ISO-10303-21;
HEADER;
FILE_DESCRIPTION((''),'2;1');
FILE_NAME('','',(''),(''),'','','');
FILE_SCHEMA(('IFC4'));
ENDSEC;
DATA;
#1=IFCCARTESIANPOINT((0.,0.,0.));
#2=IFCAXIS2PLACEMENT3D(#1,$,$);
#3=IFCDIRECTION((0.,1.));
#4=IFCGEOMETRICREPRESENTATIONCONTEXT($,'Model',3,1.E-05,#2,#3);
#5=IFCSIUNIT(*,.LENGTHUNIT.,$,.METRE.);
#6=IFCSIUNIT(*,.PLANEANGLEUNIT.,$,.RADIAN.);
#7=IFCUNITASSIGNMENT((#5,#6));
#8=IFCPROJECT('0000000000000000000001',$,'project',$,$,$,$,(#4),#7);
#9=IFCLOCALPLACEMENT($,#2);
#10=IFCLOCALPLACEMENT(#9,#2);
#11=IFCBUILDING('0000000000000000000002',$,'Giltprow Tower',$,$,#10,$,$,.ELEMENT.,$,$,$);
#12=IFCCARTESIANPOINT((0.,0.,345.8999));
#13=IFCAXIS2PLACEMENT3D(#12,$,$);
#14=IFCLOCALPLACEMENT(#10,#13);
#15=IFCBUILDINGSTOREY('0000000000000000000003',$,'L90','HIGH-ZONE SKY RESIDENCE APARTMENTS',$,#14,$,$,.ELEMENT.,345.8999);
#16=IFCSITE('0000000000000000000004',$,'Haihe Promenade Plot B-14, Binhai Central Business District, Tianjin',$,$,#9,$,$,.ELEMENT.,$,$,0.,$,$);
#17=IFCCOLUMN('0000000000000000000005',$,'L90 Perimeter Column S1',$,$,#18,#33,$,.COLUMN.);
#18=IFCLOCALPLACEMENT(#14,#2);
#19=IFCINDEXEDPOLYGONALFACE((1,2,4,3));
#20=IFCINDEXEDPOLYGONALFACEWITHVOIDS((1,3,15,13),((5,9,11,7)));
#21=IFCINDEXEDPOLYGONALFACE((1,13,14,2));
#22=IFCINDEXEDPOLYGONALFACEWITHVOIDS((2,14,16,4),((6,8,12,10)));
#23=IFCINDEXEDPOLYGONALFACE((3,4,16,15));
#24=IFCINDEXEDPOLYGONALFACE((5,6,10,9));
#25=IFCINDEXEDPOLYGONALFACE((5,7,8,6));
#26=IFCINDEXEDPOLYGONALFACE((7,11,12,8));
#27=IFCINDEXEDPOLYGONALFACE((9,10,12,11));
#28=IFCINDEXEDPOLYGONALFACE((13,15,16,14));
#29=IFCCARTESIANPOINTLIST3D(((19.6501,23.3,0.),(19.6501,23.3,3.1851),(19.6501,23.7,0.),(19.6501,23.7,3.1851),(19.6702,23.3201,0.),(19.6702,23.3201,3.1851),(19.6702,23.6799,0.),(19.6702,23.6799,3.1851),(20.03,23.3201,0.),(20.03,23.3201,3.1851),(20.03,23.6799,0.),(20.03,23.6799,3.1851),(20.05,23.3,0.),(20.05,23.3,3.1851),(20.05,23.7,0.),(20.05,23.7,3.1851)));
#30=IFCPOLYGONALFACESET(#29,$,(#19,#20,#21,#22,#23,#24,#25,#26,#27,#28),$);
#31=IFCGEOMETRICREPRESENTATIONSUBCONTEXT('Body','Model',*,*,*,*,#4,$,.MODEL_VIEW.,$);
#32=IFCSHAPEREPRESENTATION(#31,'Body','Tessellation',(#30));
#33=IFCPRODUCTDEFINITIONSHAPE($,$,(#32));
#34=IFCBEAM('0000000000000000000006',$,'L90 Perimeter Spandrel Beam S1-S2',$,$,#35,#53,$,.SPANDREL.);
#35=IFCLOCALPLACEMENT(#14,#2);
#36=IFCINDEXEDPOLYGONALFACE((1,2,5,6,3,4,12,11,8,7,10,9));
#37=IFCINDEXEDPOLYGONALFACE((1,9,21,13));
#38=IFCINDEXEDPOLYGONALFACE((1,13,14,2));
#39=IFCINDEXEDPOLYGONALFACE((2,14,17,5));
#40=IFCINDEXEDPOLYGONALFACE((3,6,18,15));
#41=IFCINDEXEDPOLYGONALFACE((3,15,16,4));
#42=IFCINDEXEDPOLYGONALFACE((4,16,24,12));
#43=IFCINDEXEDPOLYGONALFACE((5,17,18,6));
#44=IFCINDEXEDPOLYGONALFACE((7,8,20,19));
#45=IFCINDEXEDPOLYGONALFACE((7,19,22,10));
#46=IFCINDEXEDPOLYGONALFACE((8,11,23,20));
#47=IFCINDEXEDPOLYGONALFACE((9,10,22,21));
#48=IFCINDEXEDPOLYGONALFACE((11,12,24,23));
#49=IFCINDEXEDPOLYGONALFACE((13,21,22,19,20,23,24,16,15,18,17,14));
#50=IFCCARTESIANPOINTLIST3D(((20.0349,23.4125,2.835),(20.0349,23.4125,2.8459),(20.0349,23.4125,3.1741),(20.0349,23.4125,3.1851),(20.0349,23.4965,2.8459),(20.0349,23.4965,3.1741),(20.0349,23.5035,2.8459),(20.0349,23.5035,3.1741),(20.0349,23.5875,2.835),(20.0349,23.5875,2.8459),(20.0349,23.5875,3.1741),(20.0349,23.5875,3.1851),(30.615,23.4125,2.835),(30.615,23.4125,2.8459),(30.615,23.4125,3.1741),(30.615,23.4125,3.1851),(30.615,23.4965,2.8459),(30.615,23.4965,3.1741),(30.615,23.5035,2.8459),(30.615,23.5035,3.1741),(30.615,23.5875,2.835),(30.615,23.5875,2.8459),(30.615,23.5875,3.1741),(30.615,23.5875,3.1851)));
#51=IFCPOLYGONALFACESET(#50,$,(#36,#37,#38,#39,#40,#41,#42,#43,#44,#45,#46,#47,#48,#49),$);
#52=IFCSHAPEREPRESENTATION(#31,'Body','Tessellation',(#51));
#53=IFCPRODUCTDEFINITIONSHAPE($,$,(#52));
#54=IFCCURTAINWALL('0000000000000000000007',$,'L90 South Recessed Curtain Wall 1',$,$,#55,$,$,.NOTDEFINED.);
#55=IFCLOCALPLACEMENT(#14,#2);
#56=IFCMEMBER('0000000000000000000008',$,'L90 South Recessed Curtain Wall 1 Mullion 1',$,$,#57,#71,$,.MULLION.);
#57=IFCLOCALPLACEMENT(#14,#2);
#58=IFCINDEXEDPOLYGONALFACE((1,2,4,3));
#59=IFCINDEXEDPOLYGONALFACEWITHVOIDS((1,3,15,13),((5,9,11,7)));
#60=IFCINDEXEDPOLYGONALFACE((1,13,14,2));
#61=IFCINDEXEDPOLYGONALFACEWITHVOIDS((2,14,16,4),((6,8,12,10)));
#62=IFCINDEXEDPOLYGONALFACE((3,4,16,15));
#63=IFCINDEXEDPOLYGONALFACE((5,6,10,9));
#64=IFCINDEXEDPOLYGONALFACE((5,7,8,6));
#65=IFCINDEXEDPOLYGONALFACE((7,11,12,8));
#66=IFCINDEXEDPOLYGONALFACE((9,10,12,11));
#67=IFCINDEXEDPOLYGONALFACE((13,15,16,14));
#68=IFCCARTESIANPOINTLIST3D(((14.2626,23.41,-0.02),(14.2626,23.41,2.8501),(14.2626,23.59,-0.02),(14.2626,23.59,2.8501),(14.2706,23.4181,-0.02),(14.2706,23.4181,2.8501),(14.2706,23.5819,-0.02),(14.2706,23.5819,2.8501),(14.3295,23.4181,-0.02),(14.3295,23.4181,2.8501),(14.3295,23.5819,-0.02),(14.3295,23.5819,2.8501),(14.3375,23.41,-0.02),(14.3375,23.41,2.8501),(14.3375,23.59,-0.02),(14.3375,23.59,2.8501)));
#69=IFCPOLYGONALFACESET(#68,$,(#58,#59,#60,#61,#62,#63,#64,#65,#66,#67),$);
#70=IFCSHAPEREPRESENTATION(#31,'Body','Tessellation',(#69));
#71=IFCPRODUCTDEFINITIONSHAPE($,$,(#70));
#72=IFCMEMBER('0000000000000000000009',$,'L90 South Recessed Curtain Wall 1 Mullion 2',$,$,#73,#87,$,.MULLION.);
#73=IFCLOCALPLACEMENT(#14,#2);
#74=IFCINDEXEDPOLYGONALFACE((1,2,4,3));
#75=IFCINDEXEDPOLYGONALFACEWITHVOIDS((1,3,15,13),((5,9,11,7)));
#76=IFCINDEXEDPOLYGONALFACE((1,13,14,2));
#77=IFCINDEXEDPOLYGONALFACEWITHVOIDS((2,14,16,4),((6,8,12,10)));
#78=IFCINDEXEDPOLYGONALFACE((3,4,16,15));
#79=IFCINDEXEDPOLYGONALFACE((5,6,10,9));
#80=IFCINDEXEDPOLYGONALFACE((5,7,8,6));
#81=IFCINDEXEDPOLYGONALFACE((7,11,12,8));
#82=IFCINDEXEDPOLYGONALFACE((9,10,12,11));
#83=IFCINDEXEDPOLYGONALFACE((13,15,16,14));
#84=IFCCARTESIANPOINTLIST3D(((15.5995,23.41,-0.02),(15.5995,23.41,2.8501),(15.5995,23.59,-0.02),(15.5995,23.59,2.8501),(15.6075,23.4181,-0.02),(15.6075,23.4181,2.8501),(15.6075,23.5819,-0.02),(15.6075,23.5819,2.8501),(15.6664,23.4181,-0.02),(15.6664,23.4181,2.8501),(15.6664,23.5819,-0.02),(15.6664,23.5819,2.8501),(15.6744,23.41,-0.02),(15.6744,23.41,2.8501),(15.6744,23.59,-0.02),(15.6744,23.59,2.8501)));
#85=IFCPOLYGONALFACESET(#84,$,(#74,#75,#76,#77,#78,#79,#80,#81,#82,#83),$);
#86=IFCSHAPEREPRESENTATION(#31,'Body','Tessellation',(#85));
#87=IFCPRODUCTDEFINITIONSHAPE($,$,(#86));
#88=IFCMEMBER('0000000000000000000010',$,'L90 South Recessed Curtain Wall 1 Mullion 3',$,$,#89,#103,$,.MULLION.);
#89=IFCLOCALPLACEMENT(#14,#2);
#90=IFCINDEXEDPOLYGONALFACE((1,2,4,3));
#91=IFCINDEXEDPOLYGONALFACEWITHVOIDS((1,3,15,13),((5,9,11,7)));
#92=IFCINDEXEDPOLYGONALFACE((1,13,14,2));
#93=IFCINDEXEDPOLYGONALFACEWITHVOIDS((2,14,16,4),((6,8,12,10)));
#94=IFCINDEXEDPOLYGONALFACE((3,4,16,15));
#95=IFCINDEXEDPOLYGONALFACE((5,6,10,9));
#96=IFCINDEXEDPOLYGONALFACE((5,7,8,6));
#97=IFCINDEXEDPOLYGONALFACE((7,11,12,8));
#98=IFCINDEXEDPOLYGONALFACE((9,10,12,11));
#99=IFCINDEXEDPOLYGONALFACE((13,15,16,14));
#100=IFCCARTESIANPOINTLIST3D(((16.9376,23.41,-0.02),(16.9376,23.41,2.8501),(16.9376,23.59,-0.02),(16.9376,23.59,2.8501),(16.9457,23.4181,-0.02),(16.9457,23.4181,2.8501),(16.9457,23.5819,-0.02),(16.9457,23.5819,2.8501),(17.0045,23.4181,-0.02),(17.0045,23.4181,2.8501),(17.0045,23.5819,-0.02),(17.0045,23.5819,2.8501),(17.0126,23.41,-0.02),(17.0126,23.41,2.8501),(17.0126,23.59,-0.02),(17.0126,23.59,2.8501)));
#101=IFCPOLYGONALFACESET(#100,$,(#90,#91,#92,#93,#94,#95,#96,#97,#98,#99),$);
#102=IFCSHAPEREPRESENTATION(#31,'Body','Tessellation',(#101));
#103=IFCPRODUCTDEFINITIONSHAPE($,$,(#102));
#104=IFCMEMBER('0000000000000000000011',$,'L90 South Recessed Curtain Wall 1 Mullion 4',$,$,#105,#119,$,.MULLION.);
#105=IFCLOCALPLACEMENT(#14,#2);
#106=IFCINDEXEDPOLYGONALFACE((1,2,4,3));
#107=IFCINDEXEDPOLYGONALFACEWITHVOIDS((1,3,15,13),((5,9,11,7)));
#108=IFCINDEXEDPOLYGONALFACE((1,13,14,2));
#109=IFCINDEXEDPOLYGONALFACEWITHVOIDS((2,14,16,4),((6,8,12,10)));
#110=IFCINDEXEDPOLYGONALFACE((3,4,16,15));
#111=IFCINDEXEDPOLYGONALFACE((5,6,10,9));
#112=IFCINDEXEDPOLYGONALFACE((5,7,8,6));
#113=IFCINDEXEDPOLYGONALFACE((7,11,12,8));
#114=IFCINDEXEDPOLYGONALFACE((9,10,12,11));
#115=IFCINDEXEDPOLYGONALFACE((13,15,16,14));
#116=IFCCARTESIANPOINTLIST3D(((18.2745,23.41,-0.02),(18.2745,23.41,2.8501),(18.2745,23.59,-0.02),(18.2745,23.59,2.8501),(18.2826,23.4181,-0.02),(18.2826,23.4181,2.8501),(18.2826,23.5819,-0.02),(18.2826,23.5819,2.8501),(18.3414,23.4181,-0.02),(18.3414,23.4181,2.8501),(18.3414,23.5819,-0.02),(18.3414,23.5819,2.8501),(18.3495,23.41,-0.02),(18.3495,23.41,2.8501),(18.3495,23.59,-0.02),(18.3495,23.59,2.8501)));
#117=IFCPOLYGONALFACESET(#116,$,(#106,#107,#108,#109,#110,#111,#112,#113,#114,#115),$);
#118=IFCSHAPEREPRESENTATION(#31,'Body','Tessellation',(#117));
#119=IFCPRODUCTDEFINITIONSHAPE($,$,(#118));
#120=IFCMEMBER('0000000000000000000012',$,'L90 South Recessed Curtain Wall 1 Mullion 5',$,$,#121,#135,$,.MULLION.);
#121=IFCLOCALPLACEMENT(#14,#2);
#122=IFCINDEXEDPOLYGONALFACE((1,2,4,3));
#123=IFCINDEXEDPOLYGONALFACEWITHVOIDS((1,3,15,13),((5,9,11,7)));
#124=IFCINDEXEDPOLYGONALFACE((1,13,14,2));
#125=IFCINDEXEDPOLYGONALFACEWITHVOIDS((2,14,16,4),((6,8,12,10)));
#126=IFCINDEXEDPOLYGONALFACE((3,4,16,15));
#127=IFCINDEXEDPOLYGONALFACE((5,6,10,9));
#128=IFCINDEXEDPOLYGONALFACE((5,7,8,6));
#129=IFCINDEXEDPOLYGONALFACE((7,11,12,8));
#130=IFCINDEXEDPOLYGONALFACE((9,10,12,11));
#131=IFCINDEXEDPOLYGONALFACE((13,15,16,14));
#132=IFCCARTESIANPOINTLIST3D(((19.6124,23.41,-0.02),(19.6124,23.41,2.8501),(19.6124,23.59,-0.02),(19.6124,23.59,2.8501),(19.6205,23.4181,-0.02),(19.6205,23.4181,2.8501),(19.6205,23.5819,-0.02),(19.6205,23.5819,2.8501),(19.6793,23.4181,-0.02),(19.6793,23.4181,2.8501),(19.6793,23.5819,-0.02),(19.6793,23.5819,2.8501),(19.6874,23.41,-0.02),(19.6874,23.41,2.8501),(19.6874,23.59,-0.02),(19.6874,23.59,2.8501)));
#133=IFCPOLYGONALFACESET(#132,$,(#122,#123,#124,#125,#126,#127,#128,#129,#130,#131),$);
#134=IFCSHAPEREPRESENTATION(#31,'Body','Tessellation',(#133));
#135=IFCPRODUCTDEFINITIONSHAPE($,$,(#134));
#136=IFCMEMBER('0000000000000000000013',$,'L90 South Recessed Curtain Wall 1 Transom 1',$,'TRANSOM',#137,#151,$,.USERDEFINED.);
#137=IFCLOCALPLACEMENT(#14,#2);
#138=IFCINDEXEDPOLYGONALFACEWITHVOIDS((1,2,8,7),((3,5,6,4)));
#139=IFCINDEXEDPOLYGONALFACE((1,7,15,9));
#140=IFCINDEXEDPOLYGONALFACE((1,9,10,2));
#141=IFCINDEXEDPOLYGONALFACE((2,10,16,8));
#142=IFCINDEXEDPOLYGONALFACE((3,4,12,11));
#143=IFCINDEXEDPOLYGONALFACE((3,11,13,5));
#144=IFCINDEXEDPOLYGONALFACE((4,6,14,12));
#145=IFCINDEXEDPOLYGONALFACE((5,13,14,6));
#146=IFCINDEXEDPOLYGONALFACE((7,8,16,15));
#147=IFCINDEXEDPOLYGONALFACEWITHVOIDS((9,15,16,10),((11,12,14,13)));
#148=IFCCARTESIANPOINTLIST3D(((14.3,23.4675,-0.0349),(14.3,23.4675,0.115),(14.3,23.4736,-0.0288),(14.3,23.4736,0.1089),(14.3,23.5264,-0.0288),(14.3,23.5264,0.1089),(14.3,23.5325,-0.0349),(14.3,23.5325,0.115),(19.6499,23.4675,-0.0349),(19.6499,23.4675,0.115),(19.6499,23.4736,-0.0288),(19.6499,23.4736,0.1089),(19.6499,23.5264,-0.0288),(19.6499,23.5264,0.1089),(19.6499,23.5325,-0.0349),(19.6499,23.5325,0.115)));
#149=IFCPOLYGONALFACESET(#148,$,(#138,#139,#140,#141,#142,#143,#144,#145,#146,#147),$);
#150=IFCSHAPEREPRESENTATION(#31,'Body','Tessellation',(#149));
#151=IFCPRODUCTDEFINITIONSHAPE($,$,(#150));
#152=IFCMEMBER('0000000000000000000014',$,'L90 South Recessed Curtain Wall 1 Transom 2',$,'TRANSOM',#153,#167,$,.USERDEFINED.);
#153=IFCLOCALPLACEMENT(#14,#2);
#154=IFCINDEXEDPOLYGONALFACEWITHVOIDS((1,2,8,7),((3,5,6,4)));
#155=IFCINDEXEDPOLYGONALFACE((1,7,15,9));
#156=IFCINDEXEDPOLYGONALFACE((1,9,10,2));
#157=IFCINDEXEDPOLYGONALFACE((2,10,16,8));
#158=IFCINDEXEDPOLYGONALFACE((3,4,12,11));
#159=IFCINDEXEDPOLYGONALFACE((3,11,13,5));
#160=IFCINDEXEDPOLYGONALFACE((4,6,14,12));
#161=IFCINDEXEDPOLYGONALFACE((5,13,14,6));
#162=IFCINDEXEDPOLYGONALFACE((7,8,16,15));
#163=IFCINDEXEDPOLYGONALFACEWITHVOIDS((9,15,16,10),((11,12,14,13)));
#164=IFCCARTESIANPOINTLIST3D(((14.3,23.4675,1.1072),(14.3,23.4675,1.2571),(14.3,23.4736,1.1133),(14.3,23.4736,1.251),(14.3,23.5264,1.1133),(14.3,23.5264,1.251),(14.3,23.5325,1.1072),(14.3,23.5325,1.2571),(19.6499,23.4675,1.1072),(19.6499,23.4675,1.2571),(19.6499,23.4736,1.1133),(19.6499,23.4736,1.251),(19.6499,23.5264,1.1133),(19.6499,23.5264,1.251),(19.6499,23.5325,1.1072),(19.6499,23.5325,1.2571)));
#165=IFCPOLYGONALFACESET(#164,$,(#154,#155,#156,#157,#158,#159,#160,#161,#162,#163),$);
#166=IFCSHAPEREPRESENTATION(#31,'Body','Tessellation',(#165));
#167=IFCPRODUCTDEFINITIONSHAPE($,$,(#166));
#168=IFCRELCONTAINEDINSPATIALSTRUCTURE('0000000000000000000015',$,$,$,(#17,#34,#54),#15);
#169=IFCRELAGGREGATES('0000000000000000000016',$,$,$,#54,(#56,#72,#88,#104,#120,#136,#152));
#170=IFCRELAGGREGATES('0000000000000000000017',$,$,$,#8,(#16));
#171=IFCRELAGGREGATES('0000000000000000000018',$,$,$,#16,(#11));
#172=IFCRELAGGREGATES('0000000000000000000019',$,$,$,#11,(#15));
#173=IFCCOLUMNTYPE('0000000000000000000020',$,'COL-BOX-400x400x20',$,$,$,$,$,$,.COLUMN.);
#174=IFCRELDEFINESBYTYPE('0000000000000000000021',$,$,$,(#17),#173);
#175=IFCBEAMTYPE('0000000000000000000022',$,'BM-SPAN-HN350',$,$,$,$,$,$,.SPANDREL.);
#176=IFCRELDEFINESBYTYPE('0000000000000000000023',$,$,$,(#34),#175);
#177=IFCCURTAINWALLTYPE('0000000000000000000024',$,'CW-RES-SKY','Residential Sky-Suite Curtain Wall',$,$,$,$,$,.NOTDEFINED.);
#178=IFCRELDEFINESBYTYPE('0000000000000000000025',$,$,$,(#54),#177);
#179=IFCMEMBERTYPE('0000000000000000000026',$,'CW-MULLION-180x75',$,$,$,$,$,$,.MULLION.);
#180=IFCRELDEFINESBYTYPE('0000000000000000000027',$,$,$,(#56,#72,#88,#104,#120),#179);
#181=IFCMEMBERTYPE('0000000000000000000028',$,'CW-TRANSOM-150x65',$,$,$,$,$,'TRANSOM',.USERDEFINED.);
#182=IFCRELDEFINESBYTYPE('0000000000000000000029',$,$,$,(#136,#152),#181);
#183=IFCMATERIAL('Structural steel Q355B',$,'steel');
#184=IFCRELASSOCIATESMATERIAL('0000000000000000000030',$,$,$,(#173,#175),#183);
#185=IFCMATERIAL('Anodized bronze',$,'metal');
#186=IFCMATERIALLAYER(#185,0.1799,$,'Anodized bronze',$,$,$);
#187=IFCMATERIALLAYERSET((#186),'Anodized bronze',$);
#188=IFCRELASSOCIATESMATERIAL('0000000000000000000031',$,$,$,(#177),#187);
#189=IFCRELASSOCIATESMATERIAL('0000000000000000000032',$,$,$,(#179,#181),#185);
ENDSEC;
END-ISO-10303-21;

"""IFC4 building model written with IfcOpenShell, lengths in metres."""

from ifc_helpers import new_model, si_unit, direction, frame, origin, origin_2d, place, context, subcontext, project, spatial, hollow_rectangle, i_section, extrude, source, transform, mapped, material, layer, layer_set, material_profile, profile_set, type_object, element, aggregate, save


model = new_model("IFC4")

# Units and contexts
model_context = context("Model", 3, precision=1e-05, world=origin(), true_north=direction((0.0, 1.0)))
body_context = subcontext(model_context, "Body", "Model", "MODEL_VIEW")
ifc_project = project(units=[si_unit("LENGTHUNIT", "METRE"), si_unit("PLANEANGLEUNIT", "RADIAN")], contexts=[model_context])

# Site, building, storey
site_placement = place(None, origin())
site = spatial("IfcSite", under=ifc_project, at=site_placement, Name="Haihe Promenade Plot B-14, Binhai Central Business District, Tianjin", CompositionType="ELEMENT", RefElevation=0.0)
building_placement = place(site_placement, origin())
building = spatial("IfcBuilding", under=site, at=building_placement, Name="Giltprow Tower", CompositionType="ELEMENT")
storey_placement = place(building_placement, frame((0.0, 0.0, 345.8999)))
storey = spatial("IfcBuildingStorey", under=building, at=storey_placement, Name="L90", Description="HIGH-ZONE SKY RESIDENCE APARTMENTS", CompositionType="ELEMENT", Elevation=345.8999)

# Column
ifc_material_1 = material(Name="Structural steel Q355B", Category="steel")
ifc_material_profile_1 = material_profile(ifc_material_1, hollow_rectangle(XDim=0.3999, YDim=0.3999, WallThickness=0.02, at=origin_2d()), Name="BOX 400x400x20")
ifc_profile_set_1 = profile_set([ifc_material_profile_1], Name="Structural steel Q355B")
column_type = type_object("IfcColumnType", Name="COL-BOX-400x400x20", PredefinedType="COLUMN", material=ifc_profile_set_1)
shared_shape_1 = source(origin(), body_context, "Body", "SweptSolid", [
    extrude(hollow_rectangle(XDim=0.3999, YDim=0.3999, WallThickness=0.02, at=origin_2d()), origin(), (0.0, 0.0, 1.0), 3.1851),
])
column_placement = place(storey_placement, frame((19.8501, 23.5, 0.0), z_axis=(0.0, 0.0, 1.0), x_axis=(1.0, 0.0, 0.0)))
element("IfcColumn", 1, at=column_placement, inside=storey, type_object=column_type, Name="L90 Perimeter Column S1", PredefinedType="COLUMN", context=body_context, shape_type="MappedRepresentation", body=[
    mapped(shared_shape_1, transform((0.0, 0.0, 0.0), x_axis=(1.0, 0.0, 0.0), y_axis=(0.0, 1.0, 0.0), z_axis=(0.0, 0.0, 1.0), scale=1.0)),
])

# Beam
ifc_material_profile_2 = material_profile(ifc_material_1, i_section(OverallWidth=0.175, OverallDepth=0.3501, WebThickness=0.0071, FlangeThickness=0.011, at=origin_2d()), Name="HN 350x175x7x11")
ifc_profile_set_2 = profile_set([ifc_material_profile_2], Name="Structural steel Q355B")
beam_type = type_object("IfcBeamType", Name="BM-SPAN-HN350", PredefinedType="SPANDREL", material=ifc_profile_set_2)
shared_shape_2 = source(origin(), body_context, "Body", "SweptSolid", [
    extrude(i_section(OverallWidth=0.175, OverallDepth=0.3501, WebThickness=0.0071, FlangeThickness=0.011, at=origin_2d()), origin(), (0.0, 0.0, 1.0), 10.5801),
])
beam_placement = place(storey_placement, frame((20.0349, 23.5, 3.01), z_axis=(1.0, 0.0, 0.0), x_axis=(0.0, 1.0, 0.0)))
element("IfcBeam", 2, at=beam_placement, inside=storey, type_object=beam_type, Name="L90 Perimeter Spandrel Beam S1-S2", PredefinedType="SPANDREL", context=body_context, shape_type="MappedRepresentation", body=[
    mapped(shared_shape_2, transform((0.0, 0.0, 0.0), x_axis=(1.0, 0.0, 0.0), y_axis=(0.0, 1.0, 0.0), z_axis=(0.0, 0.0, 1.0), scale=1.0)),
])

# Curtain wall, members
ifc_material_2 = material(Name="Anodized bronze", Category="metal")
ifc_layer_1 = layer(ifc_material_2, 0.1799, Name="Anodized bronze")
ifc_layer_set_1 = layer_set([ifc_layer_1], Name="Anodized bronze")
curtain_wall_type = type_object("IfcCurtainWallType", Name="CW-RES-SKY", Description="Residential Sky-Suite Curtain Wall", PredefinedType="NOTDEFINED", material=ifc_layer_set_1)
curtain_wall_placement = place(storey_placement, origin())
curtain_wall = element("IfcCurtainWall", 3, at=curtain_wall_placement, inside=storey, type_object=curtain_wall_type, Name="L90 South Recessed Curtain Wall 1", PredefinedType="NOTDEFINED")
ifc_material_profile_3 = material_profile(ifc_material_2, hollow_rectangle(XDim=0.075, YDim=0.1799, WallThickness=0.0081, at=origin_2d()), Name="RHS 180x75x8")
ifc_profile_set_3 = profile_set([ifc_material_profile_3], Name="Anodized bronze")
member_type_1 = type_object("IfcMemberType", Name="CW-MULLION-180x75", PredefinedType="MULLION", material=ifc_profile_set_3)
shared_shape_3 = source(origin(), body_context, "Body", "SweptSolid", [
    extrude(hollow_rectangle(XDim=0.075, YDim=0.1799, WallThickness=0.0081, at=origin_2d()), origin(), (0.0, 0.0, 1.0), 2.8701),
])
member_1_placement = place(storey_placement, frame((14.3, 23.5, -0.02), z_axis=(0.0, 0.0, 1.0), x_axis=(1.0, 0.0, 0.0)))
member_1 = element("IfcMember", 4, at=member_1_placement, type_object=member_type_1, Name="L90 South Recessed Curtain Wall 1 Mullion 1", PredefinedType="MULLION", context=body_context, shape_type="MappedRepresentation", body=[
    mapped(shared_shape_3, transform((0.0, 0.0, 0.0), x_axis=(1.0, 0.0, 0.0), y_axis=(0.0, 1.0, 0.0), z_axis=(0.0, 0.0, 1.0), scale=1.0)),
])
member_2_placement = place(storey_placement, frame((15.637, 23.5, -0.02), z_axis=(0.0, 0.0, 1.0), x_axis=(1.0, 0.0, 0.0)))
member_2 = element("IfcMember", 5, at=member_2_placement, type_object=member_type_1, Name="L90 South Recessed Curtain Wall 1 Mullion 2", PredefinedType="MULLION", context=body_context, shape_type="MappedRepresentation", body=[
    mapped(shared_shape_3, transform((0.0, 0.0, 0.0), x_axis=(1.0, 0.0, 0.0), y_axis=(0.0, 1.0, 0.0), z_axis=(0.0, 0.0, 1.0), scale=1.0)),
])
member_3_placement = place(storey_placement, frame((16.9751, 23.5, -0.02), z_axis=(0.0, 0.0, 1.0), x_axis=(1.0, 0.0, 0.0)))
member_3 = element("IfcMember", 6, at=member_3_placement, type_object=member_type_1, Name="L90 South Recessed Curtain Wall 1 Mullion 3", PredefinedType="MULLION", context=body_context, shape_type="MappedRepresentation", body=[
    mapped(shared_shape_3, transform((0.0, 0.0, 0.0), x_axis=(1.0, 0.0, 0.0), y_axis=(0.0, 1.0, 0.0), z_axis=(0.0, 0.0, 1.0), scale=1.0)),
])
member_4_placement = place(storey_placement, frame((18.312, 23.5, -0.02), z_axis=(0.0, 0.0, 1.0), x_axis=(1.0, 0.0, 0.0)))
member_4 = element("IfcMember", 7, at=member_4_placement, type_object=member_type_1, Name="L90 South Recessed Curtain Wall 1 Mullion 4", PredefinedType="MULLION", context=body_context, shape_type="MappedRepresentation", body=[
    mapped(shared_shape_3, transform((0.0, 0.0, 0.0), x_axis=(1.0, 0.0, 0.0), y_axis=(0.0, 1.0, 0.0), z_axis=(0.0, 0.0, 1.0), scale=1.0)),
])
member_5_placement = place(storey_placement, frame((19.6499, 23.5, -0.02), z_axis=(0.0, 0.0, 1.0), x_axis=(1.0, 0.0, 0.0)))
member_5 = element("IfcMember", 8, at=member_5_placement, type_object=member_type_1, Name="L90 South Recessed Curtain Wall 1 Mullion 5", PredefinedType="MULLION", context=body_context, shape_type="MappedRepresentation", body=[
    mapped(shared_shape_3, transform((0.0, 0.0, 0.0), x_axis=(1.0, 0.0, 0.0), y_axis=(0.0, 1.0, 0.0), z_axis=(0.0, 0.0, 1.0), scale=1.0)),
])
ifc_material_profile_4 = material_profile(ifc_material_2, hollow_rectangle(XDim=0.0649, YDim=0.1499, WallThickness=0.0061, at=origin_2d()), Name="RHS 150x65x6")
ifc_profile_set_4 = profile_set([ifc_material_profile_4], Name="Anodized bronze")
member_type_2 = type_object("IfcMemberType", Name="CW-TRANSOM-150x65", ElementType="TRANSOM", PredefinedType="USERDEFINED", material=ifc_profile_set_4)
shared_shape_4 = source(origin(), body_context, "Body", "SweptSolid", [
    extrude(hollow_rectangle(XDim=0.0649, YDim=0.1499, WallThickness=0.0061, at=origin_2d()), origin(), (0.0, 0.0, 1.0), 5.3499),
])
member_6_placement = place(storey_placement, frame((14.3, 23.5, 0.04), z_axis=(1.0, 0.0, 0.0), x_axis=(0.0, 1.0, 0.0)))
member_6 = element("IfcMember", 9, at=member_6_placement, type_object=member_type_2, Name="L90 South Recessed Curtain Wall 1 Transom 1", ObjectType="TRANSOM", PredefinedType="USERDEFINED", context=body_context, shape_type="MappedRepresentation", body=[
    mapped(shared_shape_4, transform((0.0, 0.0, 0.0), x_axis=(1.0, 0.0, 0.0), y_axis=(0.0, 1.0, 0.0), z_axis=(0.0, 0.0, 1.0), scale=1.0)),
])
member_7_placement = place(storey_placement, frame((14.3, 23.5, 1.1821), z_axis=(1.0, 0.0, 0.0), x_axis=(0.0, 1.0, 0.0)))
member_7 = element("IfcMember", 10, at=member_7_placement, type_object=member_type_2, Name="L90 South Recessed Curtain Wall 1 Transom 2", ObjectType="TRANSOM", PredefinedType="USERDEFINED", context=body_context, shape_type="MappedRepresentation", body=[
    mapped(shared_shape_4, transform((0.0, 0.0, 0.0), x_axis=(1.0, 0.0, 0.0), y_axis=(0.0, 1.0, 0.0), z_axis=(0.0, 0.0, 1.0), scale=1.0)),
])

aggregate(curtain_wall, [member_1, member_2, member_3, member_4, member_5, member_6, member_7])

save(model, "model.ifc")
